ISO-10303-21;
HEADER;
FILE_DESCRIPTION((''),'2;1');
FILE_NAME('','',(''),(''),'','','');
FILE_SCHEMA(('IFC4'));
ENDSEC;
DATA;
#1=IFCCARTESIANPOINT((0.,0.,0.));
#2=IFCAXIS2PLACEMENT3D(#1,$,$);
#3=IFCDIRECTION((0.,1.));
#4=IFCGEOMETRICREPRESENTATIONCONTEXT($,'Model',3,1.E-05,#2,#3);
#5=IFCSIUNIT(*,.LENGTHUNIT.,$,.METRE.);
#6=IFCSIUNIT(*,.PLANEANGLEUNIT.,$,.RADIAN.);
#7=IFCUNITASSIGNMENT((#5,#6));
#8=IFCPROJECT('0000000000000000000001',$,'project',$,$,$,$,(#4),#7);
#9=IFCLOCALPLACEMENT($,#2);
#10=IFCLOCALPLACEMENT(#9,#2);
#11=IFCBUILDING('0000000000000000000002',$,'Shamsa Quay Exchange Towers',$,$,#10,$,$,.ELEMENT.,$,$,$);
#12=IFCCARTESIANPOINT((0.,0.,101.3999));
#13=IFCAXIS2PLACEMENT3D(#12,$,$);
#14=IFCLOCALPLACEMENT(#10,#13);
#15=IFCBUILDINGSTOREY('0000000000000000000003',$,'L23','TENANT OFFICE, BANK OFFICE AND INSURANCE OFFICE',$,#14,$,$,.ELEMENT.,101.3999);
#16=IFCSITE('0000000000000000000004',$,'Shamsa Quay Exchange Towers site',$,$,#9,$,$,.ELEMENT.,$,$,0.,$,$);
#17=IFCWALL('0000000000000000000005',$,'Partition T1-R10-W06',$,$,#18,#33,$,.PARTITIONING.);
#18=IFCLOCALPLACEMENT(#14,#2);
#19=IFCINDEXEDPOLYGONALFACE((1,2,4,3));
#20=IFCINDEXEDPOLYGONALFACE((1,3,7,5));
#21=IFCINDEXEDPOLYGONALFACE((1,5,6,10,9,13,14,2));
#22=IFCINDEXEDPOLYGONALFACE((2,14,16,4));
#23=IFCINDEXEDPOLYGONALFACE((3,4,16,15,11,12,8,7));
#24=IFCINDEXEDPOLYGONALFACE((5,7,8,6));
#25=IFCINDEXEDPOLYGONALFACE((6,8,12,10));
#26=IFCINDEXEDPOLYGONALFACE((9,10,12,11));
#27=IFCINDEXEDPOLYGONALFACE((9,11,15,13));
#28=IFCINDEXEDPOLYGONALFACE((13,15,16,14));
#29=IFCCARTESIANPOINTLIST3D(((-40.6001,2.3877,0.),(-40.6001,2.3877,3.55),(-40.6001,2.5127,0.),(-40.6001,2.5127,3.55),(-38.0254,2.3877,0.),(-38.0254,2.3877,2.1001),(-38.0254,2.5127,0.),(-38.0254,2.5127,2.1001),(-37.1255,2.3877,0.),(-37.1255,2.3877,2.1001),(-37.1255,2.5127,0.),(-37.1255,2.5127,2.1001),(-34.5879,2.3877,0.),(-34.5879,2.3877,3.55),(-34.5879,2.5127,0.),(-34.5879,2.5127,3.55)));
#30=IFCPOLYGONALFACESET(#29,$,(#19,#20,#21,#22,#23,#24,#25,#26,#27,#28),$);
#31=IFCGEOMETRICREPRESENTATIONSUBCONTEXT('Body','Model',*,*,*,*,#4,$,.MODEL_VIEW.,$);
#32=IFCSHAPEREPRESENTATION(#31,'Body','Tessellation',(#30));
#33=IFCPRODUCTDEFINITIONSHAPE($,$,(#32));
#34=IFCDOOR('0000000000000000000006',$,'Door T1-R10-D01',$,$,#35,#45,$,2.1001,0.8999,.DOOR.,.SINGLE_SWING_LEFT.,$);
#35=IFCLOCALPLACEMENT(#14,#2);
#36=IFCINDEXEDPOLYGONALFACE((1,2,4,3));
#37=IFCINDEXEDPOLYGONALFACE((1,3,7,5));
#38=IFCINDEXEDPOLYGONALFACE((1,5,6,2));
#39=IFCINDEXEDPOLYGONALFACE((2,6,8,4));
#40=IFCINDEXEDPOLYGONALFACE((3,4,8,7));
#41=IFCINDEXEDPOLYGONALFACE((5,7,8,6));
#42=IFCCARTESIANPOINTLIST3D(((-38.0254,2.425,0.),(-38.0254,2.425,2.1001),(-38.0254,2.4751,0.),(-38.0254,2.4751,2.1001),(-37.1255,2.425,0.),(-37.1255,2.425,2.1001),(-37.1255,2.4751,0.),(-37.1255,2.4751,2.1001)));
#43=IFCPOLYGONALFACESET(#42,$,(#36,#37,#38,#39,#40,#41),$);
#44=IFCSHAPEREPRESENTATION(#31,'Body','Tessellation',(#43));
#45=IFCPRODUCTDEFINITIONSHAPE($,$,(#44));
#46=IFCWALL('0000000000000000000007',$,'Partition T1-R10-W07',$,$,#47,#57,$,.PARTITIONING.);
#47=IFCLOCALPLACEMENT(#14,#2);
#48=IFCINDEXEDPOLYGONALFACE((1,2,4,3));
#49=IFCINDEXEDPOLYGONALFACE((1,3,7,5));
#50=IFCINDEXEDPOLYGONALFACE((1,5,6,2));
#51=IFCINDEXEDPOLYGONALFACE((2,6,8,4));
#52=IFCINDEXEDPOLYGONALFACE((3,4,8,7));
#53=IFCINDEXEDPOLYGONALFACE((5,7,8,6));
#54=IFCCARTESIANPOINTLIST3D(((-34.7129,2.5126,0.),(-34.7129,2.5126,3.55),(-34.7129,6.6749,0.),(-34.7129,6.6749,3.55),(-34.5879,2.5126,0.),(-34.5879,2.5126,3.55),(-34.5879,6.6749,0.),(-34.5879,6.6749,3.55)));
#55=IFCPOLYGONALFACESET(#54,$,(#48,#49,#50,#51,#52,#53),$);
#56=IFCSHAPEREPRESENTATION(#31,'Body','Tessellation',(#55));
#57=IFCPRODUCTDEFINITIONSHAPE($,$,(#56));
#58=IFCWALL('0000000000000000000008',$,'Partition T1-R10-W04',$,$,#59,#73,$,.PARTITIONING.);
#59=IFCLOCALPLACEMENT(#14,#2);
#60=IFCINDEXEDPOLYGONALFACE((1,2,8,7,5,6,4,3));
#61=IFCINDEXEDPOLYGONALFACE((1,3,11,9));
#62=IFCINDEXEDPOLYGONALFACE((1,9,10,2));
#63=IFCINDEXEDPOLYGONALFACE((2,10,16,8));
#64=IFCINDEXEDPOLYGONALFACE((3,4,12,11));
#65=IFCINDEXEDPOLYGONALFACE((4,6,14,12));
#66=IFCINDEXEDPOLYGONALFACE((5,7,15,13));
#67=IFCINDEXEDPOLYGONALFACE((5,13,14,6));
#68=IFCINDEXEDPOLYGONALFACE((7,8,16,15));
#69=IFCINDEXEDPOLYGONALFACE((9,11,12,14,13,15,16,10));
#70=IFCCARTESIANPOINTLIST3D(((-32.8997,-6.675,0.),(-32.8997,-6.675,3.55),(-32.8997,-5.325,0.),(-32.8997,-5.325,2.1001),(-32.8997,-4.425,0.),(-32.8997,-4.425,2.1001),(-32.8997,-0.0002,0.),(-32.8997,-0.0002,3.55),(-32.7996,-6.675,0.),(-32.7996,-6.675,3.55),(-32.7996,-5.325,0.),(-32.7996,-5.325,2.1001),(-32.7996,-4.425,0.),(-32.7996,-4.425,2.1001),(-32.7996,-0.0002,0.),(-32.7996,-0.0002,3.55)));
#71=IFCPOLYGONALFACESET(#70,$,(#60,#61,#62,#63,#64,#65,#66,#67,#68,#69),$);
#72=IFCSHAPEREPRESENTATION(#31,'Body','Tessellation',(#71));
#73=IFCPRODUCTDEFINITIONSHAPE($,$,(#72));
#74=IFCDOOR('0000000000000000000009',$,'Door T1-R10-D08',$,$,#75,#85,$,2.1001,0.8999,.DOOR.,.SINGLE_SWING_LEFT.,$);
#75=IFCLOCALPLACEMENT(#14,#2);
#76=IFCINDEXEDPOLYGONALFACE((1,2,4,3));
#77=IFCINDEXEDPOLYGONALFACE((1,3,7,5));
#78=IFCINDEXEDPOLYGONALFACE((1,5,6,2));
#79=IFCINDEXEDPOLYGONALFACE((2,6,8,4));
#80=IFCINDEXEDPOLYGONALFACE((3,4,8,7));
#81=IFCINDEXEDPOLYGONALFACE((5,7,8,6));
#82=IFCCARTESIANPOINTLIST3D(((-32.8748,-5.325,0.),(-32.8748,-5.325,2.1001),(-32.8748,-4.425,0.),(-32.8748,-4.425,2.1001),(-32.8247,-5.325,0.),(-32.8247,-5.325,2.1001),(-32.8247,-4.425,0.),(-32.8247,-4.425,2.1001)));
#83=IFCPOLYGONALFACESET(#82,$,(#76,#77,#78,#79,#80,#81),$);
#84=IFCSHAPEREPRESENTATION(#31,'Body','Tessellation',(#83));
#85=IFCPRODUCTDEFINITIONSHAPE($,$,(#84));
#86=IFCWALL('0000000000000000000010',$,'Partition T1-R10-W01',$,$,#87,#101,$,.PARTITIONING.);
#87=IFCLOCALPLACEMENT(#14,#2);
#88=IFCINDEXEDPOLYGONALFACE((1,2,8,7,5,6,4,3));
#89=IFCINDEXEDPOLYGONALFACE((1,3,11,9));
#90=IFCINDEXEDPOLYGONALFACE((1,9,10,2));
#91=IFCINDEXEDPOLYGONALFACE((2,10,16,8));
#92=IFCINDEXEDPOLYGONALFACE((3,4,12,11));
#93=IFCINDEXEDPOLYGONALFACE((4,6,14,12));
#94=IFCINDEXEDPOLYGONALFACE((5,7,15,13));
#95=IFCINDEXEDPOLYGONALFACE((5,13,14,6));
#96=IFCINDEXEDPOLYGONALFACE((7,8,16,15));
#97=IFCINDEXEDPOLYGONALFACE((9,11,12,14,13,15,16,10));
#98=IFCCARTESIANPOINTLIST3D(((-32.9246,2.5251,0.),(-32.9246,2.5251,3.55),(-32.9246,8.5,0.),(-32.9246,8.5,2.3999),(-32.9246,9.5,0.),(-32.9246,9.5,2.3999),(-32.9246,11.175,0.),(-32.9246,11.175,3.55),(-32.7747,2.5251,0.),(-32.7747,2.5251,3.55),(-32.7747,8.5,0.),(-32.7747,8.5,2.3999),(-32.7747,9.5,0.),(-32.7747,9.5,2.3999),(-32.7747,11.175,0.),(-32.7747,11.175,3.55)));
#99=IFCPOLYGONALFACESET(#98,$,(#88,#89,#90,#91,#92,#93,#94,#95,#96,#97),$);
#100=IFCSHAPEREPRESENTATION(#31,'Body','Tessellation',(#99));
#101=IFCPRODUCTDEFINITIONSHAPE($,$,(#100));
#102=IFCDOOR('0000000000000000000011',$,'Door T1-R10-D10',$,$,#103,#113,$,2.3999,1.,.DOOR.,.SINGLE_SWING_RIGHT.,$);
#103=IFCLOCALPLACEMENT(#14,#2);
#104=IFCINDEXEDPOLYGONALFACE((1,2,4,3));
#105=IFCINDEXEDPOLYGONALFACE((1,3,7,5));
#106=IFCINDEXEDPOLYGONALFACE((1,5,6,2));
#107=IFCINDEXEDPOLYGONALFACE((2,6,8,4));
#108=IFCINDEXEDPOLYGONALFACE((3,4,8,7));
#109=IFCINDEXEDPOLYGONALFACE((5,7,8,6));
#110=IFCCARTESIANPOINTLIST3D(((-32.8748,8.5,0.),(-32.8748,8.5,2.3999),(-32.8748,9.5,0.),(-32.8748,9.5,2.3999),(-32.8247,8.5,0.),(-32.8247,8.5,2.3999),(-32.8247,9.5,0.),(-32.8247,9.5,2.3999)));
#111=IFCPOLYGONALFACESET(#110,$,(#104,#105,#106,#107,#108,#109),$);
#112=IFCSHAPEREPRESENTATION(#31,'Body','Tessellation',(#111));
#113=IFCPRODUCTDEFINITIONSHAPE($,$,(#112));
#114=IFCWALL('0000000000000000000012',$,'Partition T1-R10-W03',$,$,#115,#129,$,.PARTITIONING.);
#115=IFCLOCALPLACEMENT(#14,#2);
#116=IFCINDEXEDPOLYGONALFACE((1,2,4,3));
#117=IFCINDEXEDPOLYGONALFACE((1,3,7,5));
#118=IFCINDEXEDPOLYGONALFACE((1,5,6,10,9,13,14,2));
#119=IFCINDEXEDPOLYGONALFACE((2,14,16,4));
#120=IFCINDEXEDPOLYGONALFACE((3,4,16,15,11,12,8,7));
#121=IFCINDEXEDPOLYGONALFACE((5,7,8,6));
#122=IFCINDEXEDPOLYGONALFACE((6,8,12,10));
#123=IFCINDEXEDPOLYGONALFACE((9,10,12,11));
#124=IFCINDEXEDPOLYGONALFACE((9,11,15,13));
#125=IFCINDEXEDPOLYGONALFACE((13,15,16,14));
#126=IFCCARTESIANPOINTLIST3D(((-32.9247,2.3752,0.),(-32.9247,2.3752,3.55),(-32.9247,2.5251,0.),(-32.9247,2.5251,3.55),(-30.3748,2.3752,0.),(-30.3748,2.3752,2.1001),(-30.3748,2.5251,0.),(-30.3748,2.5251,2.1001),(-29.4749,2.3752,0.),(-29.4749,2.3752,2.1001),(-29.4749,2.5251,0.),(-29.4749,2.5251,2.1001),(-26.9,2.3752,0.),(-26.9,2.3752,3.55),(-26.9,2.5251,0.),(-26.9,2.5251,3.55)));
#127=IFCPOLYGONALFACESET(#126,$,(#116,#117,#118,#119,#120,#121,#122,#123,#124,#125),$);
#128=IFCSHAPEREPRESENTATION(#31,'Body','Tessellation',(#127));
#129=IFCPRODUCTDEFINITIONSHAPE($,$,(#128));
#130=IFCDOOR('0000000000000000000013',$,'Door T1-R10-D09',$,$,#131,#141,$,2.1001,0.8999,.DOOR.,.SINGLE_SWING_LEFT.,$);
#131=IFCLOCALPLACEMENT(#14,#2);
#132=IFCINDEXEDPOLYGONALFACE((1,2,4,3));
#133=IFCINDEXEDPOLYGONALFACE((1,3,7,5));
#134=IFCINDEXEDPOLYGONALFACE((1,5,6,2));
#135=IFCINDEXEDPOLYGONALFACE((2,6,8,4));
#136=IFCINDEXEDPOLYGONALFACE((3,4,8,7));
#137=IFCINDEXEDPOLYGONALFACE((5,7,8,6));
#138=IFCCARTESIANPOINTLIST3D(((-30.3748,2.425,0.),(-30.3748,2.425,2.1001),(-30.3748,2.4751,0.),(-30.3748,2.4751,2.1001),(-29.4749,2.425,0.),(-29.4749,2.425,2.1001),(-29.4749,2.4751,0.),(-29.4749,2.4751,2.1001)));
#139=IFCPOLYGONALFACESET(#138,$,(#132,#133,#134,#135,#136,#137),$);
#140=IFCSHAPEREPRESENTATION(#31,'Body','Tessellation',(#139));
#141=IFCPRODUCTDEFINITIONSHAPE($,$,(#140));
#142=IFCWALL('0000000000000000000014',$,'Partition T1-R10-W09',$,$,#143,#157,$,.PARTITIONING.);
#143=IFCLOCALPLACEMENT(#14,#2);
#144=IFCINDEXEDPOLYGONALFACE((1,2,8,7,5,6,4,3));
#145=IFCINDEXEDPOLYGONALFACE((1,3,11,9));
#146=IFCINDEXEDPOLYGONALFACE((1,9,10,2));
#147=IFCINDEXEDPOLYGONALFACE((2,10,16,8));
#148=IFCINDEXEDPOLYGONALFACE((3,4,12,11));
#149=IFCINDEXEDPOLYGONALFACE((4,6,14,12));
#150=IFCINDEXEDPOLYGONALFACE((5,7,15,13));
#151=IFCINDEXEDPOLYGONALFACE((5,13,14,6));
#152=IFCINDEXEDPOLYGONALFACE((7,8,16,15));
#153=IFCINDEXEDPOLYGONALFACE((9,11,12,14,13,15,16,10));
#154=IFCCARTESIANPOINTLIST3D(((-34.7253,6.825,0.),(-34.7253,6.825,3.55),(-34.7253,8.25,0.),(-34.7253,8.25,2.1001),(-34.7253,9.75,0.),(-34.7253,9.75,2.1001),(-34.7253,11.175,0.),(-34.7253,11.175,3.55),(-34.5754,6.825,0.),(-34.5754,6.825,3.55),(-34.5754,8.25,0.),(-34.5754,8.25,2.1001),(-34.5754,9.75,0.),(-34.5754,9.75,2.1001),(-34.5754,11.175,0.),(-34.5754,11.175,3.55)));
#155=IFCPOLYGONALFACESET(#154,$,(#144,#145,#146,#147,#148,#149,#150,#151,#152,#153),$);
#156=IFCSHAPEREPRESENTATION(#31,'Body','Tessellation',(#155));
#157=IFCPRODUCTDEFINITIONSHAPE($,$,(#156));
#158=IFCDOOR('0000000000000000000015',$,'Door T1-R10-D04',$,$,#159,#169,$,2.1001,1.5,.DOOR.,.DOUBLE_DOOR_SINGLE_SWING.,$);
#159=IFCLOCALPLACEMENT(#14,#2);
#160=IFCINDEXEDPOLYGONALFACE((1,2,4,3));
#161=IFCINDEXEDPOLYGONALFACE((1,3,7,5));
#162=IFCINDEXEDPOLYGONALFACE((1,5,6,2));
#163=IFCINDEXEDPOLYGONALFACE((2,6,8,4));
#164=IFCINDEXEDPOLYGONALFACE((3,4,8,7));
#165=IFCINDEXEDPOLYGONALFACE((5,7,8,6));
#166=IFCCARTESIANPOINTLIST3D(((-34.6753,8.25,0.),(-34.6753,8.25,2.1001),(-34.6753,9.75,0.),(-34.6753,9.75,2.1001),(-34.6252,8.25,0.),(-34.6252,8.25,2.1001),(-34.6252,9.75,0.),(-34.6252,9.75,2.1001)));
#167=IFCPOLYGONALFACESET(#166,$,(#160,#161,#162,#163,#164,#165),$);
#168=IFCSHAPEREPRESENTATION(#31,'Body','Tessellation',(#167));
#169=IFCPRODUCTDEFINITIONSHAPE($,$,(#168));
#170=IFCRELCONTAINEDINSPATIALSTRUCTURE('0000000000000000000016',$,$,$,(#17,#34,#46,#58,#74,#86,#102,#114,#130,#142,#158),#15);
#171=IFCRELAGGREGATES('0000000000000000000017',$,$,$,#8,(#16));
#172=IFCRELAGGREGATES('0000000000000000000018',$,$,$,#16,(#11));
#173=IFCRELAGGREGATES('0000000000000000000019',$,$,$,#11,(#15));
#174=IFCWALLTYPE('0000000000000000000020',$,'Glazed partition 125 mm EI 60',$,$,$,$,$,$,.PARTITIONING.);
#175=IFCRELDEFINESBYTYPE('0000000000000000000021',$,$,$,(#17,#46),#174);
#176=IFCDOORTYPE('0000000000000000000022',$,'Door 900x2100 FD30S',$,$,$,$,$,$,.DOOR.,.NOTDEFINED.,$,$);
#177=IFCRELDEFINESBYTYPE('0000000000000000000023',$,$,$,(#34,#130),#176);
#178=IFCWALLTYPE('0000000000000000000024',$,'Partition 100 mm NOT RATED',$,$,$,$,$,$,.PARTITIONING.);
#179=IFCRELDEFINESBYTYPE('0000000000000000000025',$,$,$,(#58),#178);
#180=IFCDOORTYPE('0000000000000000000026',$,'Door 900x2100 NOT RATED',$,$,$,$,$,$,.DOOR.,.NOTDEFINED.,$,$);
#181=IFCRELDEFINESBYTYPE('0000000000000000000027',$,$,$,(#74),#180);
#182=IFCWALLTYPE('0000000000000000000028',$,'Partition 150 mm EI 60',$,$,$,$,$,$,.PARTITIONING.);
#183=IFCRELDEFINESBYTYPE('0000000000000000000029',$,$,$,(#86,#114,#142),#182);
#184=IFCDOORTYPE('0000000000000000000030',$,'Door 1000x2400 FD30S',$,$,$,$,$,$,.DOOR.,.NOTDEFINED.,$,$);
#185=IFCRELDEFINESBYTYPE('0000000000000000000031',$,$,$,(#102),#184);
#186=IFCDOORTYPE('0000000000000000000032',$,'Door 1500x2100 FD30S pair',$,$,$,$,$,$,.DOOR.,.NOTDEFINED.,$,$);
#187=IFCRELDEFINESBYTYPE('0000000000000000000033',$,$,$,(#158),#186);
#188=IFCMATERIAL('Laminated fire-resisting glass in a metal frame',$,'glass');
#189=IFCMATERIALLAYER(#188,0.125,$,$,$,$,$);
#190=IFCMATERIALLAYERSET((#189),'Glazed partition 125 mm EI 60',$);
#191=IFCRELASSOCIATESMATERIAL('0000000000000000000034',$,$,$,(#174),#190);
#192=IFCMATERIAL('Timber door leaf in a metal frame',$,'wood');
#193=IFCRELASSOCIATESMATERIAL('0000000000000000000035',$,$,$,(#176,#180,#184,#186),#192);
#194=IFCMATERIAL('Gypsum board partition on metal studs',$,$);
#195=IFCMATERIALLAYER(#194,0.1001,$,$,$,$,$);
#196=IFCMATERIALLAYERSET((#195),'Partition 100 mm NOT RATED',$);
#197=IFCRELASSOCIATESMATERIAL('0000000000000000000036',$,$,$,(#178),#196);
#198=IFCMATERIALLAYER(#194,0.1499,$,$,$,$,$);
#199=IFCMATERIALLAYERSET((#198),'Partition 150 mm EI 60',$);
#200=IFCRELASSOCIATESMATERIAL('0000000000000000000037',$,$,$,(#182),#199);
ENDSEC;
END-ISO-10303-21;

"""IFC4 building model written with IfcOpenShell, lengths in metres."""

from ifc_helpers import new_model, si_unit, direction, frame, frame_2d, origin, place, context, subcontext, project, spatial, rectangle, extrude, material, layer, layer_set, type_object, element, fill, save


model = new_model("IFC4")

# Units and contexts
model_context = context("Model", 3, precision=1e-05, world=origin(), true_north=direction((0.0, 1.0)))
body_context = subcontext(model_context, "Body", "Model", "MODEL_VIEW")
ifc_project = project(units=[si_unit("LENGTHUNIT", "METRE"), si_unit("PLANEANGLEUNIT", "RADIAN")], contexts=[model_context])

# Site, building, storey
site_placement = place(None, origin())
site = spatial("IfcSite", under=ifc_project, at=site_placement, Name="Shamsa Quay Exchange Towers site", CompositionType="ELEMENT", RefElevation=0.0)
building_placement = place(site_placement, origin())
building = spatial("IfcBuilding", under=site, at=building_placement, Name="Shamsa Quay Exchange Towers", CompositionType="ELEMENT")
storey_placement = place(building_placement, frame((0.0, 0.0, 101.3999)))
storey = spatial("IfcBuildingStorey", under=building, at=storey_placement, Name="L23", Description="TENANT OFFICE, BANK OFFICE AND INSURANCE OFFICE", CompositionType="ELEMENT", Elevation=101.3999)

# Wall, opening, door
ifc_material_1 = material(Name="Laminated fire-resisting glass in a metal frame", Category="glass")
ifc_layer_1 = layer(ifc_material_1, 0.125)
ifc_layer_set_1 = layer_set([ifc_layer_1], Name="Glazed partition 125 mm EI 60")
wall_type_1 = type_object("IfcWallType", Name="Glazed partition 125 mm EI 60", PredefinedType="PARTITIONING", material=ifc_layer_set_1)
wall_1_placement = place(storey_placement, frame((-40.6001, 2.4502, 0.0)))
wall_1 = element("IfcWall", 1, at=wall_1_placement, inside=storey, type_object=wall_type_1, Name="Partition T1-R10-W06", PredefinedType="PARTITIONING", context=body_context, shape_type="SweptSolid", body=[
    extrude(rectangle(XDim=6.0122, YDim=0.125, at=frame_2d((3.0061, 0.0))), origin(), (0.0, 0.0, 1.0), 3.55),
])
opening_1_placement = place(wall_1_placement, frame((2.5747, 0.0, 0.0)))
opening_1 = element("IfcOpeningElement", 2, at=opening_1_placement, cuts=wall_1, PredefinedType="OPENING", context=body_context, shape_type="SweptSolid", body=[
    extrude(rectangle(XDim=0.8999, YDim=2.1001, at=frame_2d((0.45, 1.05))), frame((0.0, 0.0725, 0.0), z_axis=(0.0, -1.0, 0.0), x_axis=(1.0, 0.0, 0.0)), (0.0, 0.0, 1.0), 0.145),
])
ifc_material_2 = material(Name="Timber door leaf in a metal frame", Category="wood")
door_type_1 = type_object("IfcDoorType", Name="Door 900x2100 FD30S", OperationType="NOTDEFINED", PredefinedType="DOOR", material=ifc_material_2)
door_1_placement = place(opening_1_placement, origin())
door_1 = element("IfcDoor", 3, at=door_1_placement, inside=storey, type_object=door_type_1, Name="Door T1-R10-D01", OperationType="SINGLE_SWING_LEFT", OverallHeight=2.1001, OverallWidth=0.8999, PredefinedType="DOOR", context=body_context, shape_type="SweptSolid", body=[
    extrude(rectangle(XDim=0.8999, YDim=2.1001, at=frame_2d((0.45, 1.05))), frame((0.0, 0.0249, 0.0), z_axis=(0.0, -1.0, 0.0), x_axis=(1.0, 0.0, 0.0)), (0.0, 0.0, 1.0), 0.05),
])
fill(opening_1, door_1)

# Wall
wall_2_placement = place(storey_placement, frame((-34.6504, 2.5127, 0.0), z_axis=(0.0, 0.0, 1.0), x_axis=(0.0, 1.0, 0.0)))
element("IfcWall", 4, at=wall_2_placement, inside=storey, type_object=wall_type_1, Name="Partition T1-R10-W07", PredefinedType="PARTITIONING", context=body_context, shape_type="SweptSolid", body=[
    extrude(rectangle(XDim=4.1624, YDim=0.125, at=frame_2d((2.0811, 0.0))), origin(), (0.0, 0.0, 1.0), 3.55),
])

# Walls, openings, doors
ifc_material_3 = material(Name="Gypsum board partition on metal studs")
ifc_layer_2 = layer(ifc_material_3, 0.1001)
ifc_layer_set_2 = layer_set([ifc_layer_2], Name="Partition 100 mm NOT RATED")
wall_type_2 = type_object("IfcWallType", Name="Partition 100 mm NOT RATED", PredefinedType="PARTITIONING", material=ifc_layer_set_2)
wall_3_placement = place(storey_placement, frame((-32.8496, -0.0002, 0.0), z_axis=(0.0, 0.0, 1.0), x_axis=(0.0, -1.0, 0.0)))
wall_3 = element("IfcWall", 5, at=wall_3_placement, inside=storey, type_object=wall_type_2, Name="Partition T1-R10-W04", PredefinedType="PARTITIONING", context=body_context, shape_type="SweptSolid", body=[
    extrude(rectangle(XDim=6.6748, YDim=0.1001, at=frame_2d((3.3374, 0.0))), origin(), (0.0, 0.0, 1.0), 3.55),
])
opening_2_placement = place(wall_3_placement, frame((4.4248, 0.0, 0.0)))
opening_2 = element("IfcOpeningElement", 6, at=opening_2_placement, cuts=wall_3, PredefinedType="OPENING", context=body_context, shape_type="SweptSolid", body=[
    extrude(rectangle(XDim=0.8999, YDim=2.1001, at=frame_2d((0.45, 1.05))), frame((0.0, 0.0601, 0.0), z_axis=(0.0, -1.0, 0.0), x_axis=(1.0, 0.0, 0.0)), (0.0, 0.0, 1.0), 0.1201),
])
door_type_2 = type_object("IfcDoorType", Name="Door 900x2100 NOT RATED", OperationType="NOTDEFINED", PredefinedType="DOOR", material=ifc_material_2)
door_2_placement = place(opening_2_placement, origin())
door_2 = element("IfcDoor", 7, at=door_2_placement, inside=storey, type_object=door_type_2, Name="Door T1-R10-D08", OperationType="SINGLE_SWING_LEFT", OverallHeight=2.1001, OverallWidth=0.8999, PredefinedType="DOOR", context=body_context, shape_type="SweptSolid", body=[
    extrude(rectangle(XDim=0.8999, YDim=2.1001, at=frame_2d((0.45, 1.05))), frame((0.0, 0.0249, 0.0), z_axis=(0.0, -1.0, 0.0), x_axis=(1.0, 0.0, 0.0)), (0.0, 0.0, 1.0), 0.05),
])
fill(opening_2, door_2)
ifc_layer_3 = layer(ifc_material_3, 0.1499)
ifc_layer_set_3 = layer_set([ifc_layer_3], Name="Partition 150 mm EI 60")
wall_type_3 = type_object("IfcWallType", Name="Partition 150 mm EI 60", PredefinedType="PARTITIONING", material=ifc_layer_set_3)
wall_4_placement = place(storey_placement, frame((-32.8496, 11.175, 0.0), z_axis=(0.0, 0.0, 1.0), x_axis=(0.0, -1.0, 0.0)))
wall_4 = element("IfcWall", 8, at=wall_4_placement, inside=storey, type_object=wall_type_3, Name="Partition T1-R10-W01", PredefinedType="PARTITIONING", context=body_context, shape_type="SweptSolid", body=[
    extrude(rectangle(XDim=8.6499, YDim=0.1499, at=frame_2d((4.325, 0.0))), origin(), (0.0, 0.0, 1.0), 3.55),
])
opening_3_placement = place(wall_4_placement, frame((1.675, 0.0, 0.0)))
opening_3 = element("IfcOpeningElement", 9, at=opening_3_placement, cuts=wall_4, PredefinedType="OPENING", context=body_context, shape_type="SweptSolid", body=[
    extrude(rectangle(XDim=1.0, YDim=2.3999, at=frame_2d((0.5, 1.2))), frame((0.0, 0.085, 0.0), z_axis=(0.0, -1.0, 0.0), x_axis=(1.0, 0.0, 0.0)), (0.0, 0.0, 1.0), 0.1699),
])
door_type_3 = type_object("IfcDoorType", Name="Door 1000x2400 FD30S", OperationType="NOTDEFINED", PredefinedType="DOOR", material=ifc_material_2)
door_3_placement = place(opening_3_placement, origin())
door_3 = element("IfcDoor", 10, at=door_3_placement, inside=storey, type_object=door_type_3, Name="Door T1-R10-D10", OperationType="SINGLE_SWING_RIGHT", OverallHeight=2.3999, OverallWidth=1.0, PredefinedType="DOOR", context=body_context, shape_type="SweptSolid", body=[
    extrude(rectangle(XDim=1.0, YDim=2.3999, at=frame_2d((0.5, 1.2))), frame((0.0, 0.0249, 0.0), z_axis=(0.0, -1.0, 0.0), x_axis=(1.0, 0.0, 0.0)), (0.0, 0.0, 1.0), 0.05),
])
fill(opening_3, door_3)
wall_5_placement = place(storey_placement, frame((-32.9246, 2.4502, 0.0)))
wall_5 = element("IfcWall", 11, at=wall_5_placement, inside=storey, type_object=wall_type_3, Name="Partition T1-R10-W03", PredefinedType="PARTITIONING", context=body_context, shape_type="SweptSolid", body=[
    extrude(rectangle(XDim=6.0247, YDim=0.1499, at=frame_2d((3.0122, 0.0))), origin(), (0.0, 0.0, 1.0), 3.55),
])
opening_4_placement = place(wall_5_placement, frame((2.5498, 0.0, 0.0)))
opening_4 = element("IfcOpeningElement", 12, at=opening_4_placement, cuts=wall_5, PredefinedType="OPENING", context=body_context, shape_type="SweptSolid", body=[
    extrude(rectangle(XDim=0.8999, YDim=2.1001, at=frame_2d((0.45, 1.05))), frame((0.0, 0.085, 0.0), z_axis=(0.0, -1.0, 0.0), x_axis=(1.0, 0.0, 0.0)), (0.0, 0.0, 1.0), 0.1699),
])
door_4_placement = place(opening_4_placement, origin())
door_4 = element("IfcDoor", 13, at=door_4_placement, inside=storey, type_object=door_type_1, Name="Door T1-R10-D09", OperationType="SINGLE_SWING_LEFT", OverallHeight=2.1001, OverallWidth=0.8999, PredefinedType="DOOR", context=body_context, shape_type="SweptSolid", body=[
    extrude(rectangle(XDim=0.8999, YDim=2.1001, at=frame_2d((0.45, 1.05))), frame((0.0, 0.0249, 0.0), z_axis=(0.0, -1.0, 0.0), x_axis=(1.0, 0.0, 0.0)), (0.0, 0.0, 1.0), 0.05),
])
fill(opening_4, door_4)
wall_6_placement = place(storey_placement, frame((-34.6504, 6.825, 0.0), z_axis=(0.0, 0.0, 1.0), x_axis=(0.0, 1.0, 0.0)))
wall_6 = element("IfcWall", 14, at=wall_6_placement, inside=storey, type_object=wall_type_3, Name="Partition T1-R10-W09", PredefinedType="PARTITIONING", context=body_context, shape_type="SweptSolid", body=[
    extrude(rectangle(XDim=4.3501, YDim=0.1499, at=frame_2d((2.175, 0.0))), origin(), (0.0, 0.0, 1.0), 3.55),
])
opening_5_placement = place(wall_6_placement, frame((1.425, 0.0, 0.0)))
opening_5 = element("IfcOpeningElement", 15, at=opening_5_placement, cuts=wall_6, PredefinedType="OPENING", context=body_context, shape_type="SweptSolid", body=[
    extrude(rectangle(XDim=1.5, YDim=2.1001, at=frame_2d((0.75, 1.05))), frame((0.0, 0.085, 0.0), z_axis=(0.0, -1.0, 0.0), x_axis=(1.0, 0.0, 0.0)), (0.0, 0.0, 1.0), 0.1699),
])
door_type_4 = type_object("IfcDoorType", Name="Door 1500x2100 FD30S pair", OperationType="NOTDEFINED", PredefinedType="DOOR", material=ifc_material_2)
door_5_placement = place(opening_5_placement, origin())
door_5 = element("IfcDoor", 16, at=door_5_placement, inside=storey, type_object=door_type_4, Name="Door T1-R10-D04", OperationType="DOUBLE_DOOR_SINGLE_SWING", OverallHeight=2.1001, OverallWidth=1.5, PredefinedType="DOOR", context=body_context, shape_type="SweptSolid", body=[
    extrude(rectangle(XDim=1.5, YDim=2.1001, at=frame_2d((0.75, 1.05))), frame((0.0, 0.0249, 0.0), z_axis=(0.0, -1.0, 0.0), x_axis=(1.0, 0.0, 0.0)), (0.0, 0.0, 1.0), 0.05),
])
fill(opening_5, door_5)

save(model, "model.ifc")
